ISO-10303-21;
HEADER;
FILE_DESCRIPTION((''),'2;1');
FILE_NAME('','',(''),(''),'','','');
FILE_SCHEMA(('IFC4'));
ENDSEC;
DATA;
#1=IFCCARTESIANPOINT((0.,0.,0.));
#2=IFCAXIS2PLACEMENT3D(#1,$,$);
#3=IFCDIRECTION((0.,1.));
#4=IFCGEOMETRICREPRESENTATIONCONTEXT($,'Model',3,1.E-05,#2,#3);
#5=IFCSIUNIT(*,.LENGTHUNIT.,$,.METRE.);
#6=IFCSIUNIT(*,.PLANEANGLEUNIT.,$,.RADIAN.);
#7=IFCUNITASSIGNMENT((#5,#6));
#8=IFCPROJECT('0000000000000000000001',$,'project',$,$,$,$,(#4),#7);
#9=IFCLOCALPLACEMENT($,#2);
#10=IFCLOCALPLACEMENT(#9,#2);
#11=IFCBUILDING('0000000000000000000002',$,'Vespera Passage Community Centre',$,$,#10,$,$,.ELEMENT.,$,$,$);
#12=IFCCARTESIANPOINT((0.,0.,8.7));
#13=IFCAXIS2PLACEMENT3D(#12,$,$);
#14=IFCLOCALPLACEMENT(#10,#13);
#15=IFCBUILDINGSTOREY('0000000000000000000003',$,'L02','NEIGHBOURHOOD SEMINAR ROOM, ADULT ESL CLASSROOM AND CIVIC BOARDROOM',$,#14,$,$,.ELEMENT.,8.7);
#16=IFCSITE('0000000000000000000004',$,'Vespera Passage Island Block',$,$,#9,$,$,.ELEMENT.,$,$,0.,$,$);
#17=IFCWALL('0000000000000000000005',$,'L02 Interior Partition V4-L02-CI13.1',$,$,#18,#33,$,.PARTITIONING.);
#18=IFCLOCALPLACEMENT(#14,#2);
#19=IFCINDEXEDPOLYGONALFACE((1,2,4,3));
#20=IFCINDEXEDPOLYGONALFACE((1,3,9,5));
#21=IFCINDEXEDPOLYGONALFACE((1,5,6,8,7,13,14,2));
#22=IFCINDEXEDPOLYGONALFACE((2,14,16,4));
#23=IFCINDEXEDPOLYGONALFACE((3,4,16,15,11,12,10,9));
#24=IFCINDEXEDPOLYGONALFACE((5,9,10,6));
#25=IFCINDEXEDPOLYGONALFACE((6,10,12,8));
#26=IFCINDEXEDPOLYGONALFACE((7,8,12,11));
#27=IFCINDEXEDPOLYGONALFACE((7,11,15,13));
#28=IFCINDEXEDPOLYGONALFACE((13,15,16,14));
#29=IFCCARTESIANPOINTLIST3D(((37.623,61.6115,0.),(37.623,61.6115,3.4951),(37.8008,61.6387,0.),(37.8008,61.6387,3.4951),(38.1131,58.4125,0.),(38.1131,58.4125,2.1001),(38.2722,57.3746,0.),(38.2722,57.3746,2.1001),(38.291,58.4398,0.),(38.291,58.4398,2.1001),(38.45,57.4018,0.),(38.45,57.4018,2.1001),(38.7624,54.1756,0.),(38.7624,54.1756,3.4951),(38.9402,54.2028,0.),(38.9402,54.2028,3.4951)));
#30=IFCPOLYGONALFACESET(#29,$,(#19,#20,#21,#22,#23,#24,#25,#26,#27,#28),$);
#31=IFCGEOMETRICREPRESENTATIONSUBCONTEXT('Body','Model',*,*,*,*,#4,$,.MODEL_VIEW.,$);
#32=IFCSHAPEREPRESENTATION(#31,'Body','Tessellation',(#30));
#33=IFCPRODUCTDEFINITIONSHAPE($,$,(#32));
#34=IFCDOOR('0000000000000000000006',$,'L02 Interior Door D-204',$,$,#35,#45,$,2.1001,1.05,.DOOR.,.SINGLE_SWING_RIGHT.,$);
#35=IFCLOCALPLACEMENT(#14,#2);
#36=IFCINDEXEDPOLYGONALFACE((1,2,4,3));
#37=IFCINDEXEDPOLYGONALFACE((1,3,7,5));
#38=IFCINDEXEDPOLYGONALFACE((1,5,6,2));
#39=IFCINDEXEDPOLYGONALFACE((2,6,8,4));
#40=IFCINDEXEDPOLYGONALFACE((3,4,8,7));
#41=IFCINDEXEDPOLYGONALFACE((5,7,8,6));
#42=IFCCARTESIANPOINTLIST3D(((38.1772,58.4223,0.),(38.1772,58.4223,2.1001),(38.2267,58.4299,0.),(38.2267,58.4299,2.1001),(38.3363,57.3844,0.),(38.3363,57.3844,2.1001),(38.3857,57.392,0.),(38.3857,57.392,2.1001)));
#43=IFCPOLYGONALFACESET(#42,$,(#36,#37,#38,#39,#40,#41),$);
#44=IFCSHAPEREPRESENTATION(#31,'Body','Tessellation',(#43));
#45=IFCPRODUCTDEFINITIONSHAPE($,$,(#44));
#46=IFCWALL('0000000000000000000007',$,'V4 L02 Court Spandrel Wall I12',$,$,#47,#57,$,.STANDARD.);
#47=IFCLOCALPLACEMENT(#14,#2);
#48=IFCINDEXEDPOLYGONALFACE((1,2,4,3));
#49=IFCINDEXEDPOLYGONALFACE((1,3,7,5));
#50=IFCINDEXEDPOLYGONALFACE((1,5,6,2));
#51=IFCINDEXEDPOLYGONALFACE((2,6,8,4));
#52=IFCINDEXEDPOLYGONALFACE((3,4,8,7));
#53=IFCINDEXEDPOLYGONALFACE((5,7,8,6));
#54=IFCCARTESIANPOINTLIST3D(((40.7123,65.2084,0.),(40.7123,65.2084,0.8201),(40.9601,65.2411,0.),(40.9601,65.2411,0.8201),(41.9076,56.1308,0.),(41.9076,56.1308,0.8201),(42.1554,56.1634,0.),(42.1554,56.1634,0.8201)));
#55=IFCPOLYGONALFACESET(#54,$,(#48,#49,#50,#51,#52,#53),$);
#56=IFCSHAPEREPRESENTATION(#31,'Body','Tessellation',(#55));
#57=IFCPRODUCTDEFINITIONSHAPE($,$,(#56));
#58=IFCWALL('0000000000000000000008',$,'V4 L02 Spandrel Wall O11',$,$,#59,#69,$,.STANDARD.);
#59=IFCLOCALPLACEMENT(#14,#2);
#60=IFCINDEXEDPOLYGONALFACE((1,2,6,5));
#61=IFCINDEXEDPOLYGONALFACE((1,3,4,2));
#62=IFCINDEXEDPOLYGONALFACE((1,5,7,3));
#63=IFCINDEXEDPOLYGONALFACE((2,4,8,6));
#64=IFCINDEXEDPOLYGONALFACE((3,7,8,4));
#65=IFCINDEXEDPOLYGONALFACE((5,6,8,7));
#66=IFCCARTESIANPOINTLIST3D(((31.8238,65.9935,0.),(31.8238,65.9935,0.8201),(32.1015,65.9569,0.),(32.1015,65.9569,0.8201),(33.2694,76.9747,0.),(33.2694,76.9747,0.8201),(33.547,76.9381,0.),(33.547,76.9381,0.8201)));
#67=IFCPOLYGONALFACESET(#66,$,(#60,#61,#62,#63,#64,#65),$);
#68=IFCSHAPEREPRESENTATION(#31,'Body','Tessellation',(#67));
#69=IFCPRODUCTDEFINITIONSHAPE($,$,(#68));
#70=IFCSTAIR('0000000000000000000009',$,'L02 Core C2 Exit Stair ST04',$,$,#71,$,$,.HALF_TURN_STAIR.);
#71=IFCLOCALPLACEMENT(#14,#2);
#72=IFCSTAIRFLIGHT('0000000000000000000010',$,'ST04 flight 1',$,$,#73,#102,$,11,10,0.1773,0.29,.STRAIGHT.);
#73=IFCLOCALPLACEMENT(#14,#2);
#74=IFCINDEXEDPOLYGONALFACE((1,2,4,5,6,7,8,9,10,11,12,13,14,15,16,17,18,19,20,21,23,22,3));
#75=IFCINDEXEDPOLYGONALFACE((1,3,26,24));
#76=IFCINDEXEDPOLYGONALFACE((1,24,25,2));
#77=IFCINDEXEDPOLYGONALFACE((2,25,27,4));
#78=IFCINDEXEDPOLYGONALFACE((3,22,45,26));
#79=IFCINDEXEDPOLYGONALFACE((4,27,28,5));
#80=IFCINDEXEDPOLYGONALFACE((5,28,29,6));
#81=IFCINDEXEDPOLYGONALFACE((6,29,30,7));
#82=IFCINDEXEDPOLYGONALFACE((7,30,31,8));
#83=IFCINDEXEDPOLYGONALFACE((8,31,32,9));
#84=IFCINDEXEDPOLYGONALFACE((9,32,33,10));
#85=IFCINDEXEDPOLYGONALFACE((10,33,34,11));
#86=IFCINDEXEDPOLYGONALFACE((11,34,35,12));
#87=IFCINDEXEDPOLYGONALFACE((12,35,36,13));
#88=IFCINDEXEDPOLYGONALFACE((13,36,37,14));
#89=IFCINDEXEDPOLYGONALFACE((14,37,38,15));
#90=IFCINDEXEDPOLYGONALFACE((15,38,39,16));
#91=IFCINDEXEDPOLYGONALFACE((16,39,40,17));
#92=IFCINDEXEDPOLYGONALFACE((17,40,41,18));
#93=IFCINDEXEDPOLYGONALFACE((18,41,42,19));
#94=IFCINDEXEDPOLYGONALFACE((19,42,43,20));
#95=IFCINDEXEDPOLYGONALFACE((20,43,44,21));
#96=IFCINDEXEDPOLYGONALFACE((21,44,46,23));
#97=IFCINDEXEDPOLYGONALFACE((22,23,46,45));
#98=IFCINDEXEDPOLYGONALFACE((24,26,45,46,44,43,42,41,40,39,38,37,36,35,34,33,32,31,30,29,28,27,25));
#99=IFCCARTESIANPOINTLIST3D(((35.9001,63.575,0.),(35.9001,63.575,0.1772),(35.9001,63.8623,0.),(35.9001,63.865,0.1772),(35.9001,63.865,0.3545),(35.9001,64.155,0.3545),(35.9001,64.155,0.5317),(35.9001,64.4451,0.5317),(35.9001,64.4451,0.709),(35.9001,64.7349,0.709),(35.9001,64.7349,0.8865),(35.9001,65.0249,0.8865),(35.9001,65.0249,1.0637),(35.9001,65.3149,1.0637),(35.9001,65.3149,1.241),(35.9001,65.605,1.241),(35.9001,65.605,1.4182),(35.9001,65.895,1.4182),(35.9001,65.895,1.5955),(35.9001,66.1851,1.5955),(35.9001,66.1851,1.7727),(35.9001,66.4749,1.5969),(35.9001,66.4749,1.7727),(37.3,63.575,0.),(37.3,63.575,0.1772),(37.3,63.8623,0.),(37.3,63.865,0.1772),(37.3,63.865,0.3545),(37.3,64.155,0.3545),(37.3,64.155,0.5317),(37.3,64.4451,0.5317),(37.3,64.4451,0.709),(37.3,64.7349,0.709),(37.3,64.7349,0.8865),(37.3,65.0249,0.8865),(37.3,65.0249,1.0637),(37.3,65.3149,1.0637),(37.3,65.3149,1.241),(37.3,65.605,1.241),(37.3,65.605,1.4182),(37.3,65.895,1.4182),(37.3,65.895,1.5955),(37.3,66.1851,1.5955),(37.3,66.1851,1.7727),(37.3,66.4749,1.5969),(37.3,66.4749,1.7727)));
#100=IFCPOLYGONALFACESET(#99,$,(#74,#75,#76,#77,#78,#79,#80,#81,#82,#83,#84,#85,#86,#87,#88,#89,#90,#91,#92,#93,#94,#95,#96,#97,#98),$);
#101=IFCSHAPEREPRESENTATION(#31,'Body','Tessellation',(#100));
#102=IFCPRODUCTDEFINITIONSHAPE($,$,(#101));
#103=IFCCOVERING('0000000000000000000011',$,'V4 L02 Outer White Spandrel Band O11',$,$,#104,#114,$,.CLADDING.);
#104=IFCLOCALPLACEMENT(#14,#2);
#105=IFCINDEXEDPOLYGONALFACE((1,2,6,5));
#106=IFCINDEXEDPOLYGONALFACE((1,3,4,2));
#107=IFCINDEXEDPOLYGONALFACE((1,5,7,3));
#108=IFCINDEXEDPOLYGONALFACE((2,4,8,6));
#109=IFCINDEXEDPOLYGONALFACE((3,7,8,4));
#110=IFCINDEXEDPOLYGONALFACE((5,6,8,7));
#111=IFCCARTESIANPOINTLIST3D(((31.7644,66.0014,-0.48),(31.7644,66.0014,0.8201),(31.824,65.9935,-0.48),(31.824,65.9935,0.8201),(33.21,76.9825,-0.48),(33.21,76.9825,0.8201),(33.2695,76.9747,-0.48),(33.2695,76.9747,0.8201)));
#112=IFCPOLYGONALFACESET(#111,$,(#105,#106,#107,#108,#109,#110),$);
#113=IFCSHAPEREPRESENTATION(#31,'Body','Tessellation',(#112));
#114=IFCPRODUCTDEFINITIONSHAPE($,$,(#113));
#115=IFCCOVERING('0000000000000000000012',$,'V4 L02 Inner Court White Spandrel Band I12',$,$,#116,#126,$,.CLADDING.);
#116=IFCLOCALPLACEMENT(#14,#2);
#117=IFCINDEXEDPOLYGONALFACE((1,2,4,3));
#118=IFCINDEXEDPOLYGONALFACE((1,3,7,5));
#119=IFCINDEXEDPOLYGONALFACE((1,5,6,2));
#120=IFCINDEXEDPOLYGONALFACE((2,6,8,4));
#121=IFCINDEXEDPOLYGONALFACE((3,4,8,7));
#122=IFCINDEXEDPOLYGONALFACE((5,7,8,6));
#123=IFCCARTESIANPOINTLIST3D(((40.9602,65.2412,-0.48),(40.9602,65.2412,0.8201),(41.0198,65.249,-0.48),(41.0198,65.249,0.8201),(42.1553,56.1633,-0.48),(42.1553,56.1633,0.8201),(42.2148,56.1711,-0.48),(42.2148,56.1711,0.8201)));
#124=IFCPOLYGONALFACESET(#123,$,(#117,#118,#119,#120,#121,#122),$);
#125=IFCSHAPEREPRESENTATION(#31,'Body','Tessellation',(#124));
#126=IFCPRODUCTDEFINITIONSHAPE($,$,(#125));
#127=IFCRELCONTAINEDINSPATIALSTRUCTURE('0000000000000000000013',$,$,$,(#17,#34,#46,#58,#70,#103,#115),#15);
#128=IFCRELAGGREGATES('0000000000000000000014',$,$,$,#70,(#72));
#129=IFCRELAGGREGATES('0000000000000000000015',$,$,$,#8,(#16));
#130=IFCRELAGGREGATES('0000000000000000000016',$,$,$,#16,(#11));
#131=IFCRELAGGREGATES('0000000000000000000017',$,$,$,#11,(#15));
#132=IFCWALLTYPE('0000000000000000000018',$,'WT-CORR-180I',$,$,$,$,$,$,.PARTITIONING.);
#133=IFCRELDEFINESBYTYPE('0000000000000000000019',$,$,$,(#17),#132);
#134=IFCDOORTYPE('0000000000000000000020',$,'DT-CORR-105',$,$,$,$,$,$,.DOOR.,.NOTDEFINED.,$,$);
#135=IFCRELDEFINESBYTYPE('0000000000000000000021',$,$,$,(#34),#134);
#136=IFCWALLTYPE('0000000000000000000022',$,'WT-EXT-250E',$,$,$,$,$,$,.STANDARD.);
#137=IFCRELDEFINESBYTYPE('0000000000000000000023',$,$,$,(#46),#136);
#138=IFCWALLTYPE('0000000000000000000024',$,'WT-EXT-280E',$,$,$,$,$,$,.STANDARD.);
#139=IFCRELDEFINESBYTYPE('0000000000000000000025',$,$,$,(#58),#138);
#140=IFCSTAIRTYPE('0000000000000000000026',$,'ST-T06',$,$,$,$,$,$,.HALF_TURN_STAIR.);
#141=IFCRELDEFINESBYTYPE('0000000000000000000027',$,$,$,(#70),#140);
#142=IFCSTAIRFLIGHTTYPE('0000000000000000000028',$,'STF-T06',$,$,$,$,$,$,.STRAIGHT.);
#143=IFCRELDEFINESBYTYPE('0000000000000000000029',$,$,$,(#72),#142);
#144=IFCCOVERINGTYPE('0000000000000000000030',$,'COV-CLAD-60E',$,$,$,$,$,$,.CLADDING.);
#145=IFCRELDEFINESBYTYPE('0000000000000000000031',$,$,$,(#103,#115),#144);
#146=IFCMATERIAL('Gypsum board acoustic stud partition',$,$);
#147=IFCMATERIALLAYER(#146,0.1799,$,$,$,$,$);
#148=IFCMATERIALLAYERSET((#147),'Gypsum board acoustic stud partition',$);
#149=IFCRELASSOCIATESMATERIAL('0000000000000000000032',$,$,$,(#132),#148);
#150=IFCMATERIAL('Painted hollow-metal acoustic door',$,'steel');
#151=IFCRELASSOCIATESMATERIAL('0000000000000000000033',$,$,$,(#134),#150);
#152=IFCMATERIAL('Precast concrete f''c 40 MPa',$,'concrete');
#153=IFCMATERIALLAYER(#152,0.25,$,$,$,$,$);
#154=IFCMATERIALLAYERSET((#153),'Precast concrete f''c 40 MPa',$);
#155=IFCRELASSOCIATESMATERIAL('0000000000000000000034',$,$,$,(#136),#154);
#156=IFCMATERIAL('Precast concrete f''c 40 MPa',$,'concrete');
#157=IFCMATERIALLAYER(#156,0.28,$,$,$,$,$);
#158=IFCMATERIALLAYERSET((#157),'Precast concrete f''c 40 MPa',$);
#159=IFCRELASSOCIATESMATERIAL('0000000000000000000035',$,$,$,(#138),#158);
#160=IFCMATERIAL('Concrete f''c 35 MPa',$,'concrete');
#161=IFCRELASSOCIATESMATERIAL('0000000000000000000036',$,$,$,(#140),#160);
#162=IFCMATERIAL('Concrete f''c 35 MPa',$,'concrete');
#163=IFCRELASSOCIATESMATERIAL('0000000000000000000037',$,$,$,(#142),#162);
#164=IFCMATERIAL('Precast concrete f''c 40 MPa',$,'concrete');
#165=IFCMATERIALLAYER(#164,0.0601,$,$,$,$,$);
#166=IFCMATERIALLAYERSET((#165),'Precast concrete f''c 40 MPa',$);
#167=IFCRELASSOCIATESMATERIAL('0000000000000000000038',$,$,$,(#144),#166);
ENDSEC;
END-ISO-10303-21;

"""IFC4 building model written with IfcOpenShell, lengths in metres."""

from ifc_helpers import new_model, si_unit, direction, frame, frame_2d, origin, place, context, subcontext, project, spatial, polyline, rectangle, outline, extrude, material, layer, layer_set, type_object, element, fill, aggregate, save


model = new_model("IFC4")

# Units and contexts
model_context = context("Model", 3, precision=1e-05, world=origin(), true_north=direction((0.0, 1.0)))
body_context = subcontext(model_context, "Body", "Model", "MODEL_VIEW")
ifc_project = project(units=[si_unit("LENGTHUNIT", "METRE"), si_unit("PLANEANGLEUNIT", "RADIAN")], contexts=[model_context])

# Site, building, storey
site_placement = place(None, origin())
site = spatial("IfcSite", under=ifc_project, at=site_placement, Name="Vespera Passage Island Block", CompositionType="ELEMENT", RefElevation=0.0)
building_placement = place(site_placement, origin())
building = spatial("IfcBuilding", under=site, at=building_placement, Name="Vespera Passage Community Centre", CompositionType="ELEMENT")
storey_placement = place(building_placement, frame((0.0, 0.0, 8.7)))
storey = spatial("IfcBuildingStorey", under=building, at=storey_placement, Name="L02", Description="NEIGHBOURHOOD SEMINAR ROOM, ADULT ESL CLASSROOM AND CIVIC BOARDROOM", CompositionType="ELEMENT", Elevation=8.7)

# Wall, opening, door
ifc_material_1 = material(Name="Gypsum board acoustic stud partition")
ifc_layer_1 = layer(ifc_material_1, 0.1799)
ifc_layer_set_1 = layer_set([ifc_layer_1], Name="Gypsum board acoustic stud partition")
wall_type_1 = type_object("IfcWallType", Name="WT-CORR-180I", PredefinedType="PARTITIONING", material=ifc_layer_set_1)
wall_1_placement = place(storey_placement, frame((37.7119, 61.625, 0.0), z_axis=(0.0, 0.0, 1.0), x_axis=(0.15146, -0.988463, 0.0)))
wall_1 = element("IfcWall", 1, at=wall_1_placement, inside=storey, type_object=wall_type_1, Name="L02 Interior Partition V4-L02-CI13.1", PredefinedType="PARTITIONING", context=body_context, shape_type="SweptSolid", body=[
    extrude(rectangle(XDim=7.5227, YDim=0.1799, at=frame_2d((3.7612, 0.0))), origin(), (0.0, 0.0, 1.0), 3.4951),
])
opening_1_placement = place(wall_1_placement, frame((3.2363, 0.0, 0.0)))
opening_1 = element("IfcOpeningElement", 2, at=opening_1_placement, cuts=wall_1, PredefinedType="OPENING", context=body_context, shape_type="SweptSolid", body=[
    extrude(rectangle(XDim=1.05, YDim=2.1001, at=frame_2d((0.5249, 1.05))), frame((0.0, 0.0999, 0.0), z_axis=(0.0, -1.0, 0.0), x_axis=(1.0, 0.0, 0.0)), (0.0, 0.0, 1.0), 0.2),
])
ifc_material_2 = material(Name="Painted hollow-metal acoustic door", Category="steel")
door_type_1 = type_object("IfcDoorType", Name="DT-CORR-105", OperationType="NOTDEFINED", PredefinedType="DOOR", material=ifc_material_2)
door_1_placement = place(opening_1_placement, origin())
door_1 = element("IfcDoor", 3, at=door_1_placement, inside=storey, type_object=door_type_1, Name="L02 Interior Door D-204", OperationType="SINGLE_SWING_RIGHT", OverallHeight=2.1001, OverallWidth=1.05, PredefinedType="DOOR", context=body_context, shape_type="SweptSolid", body=[
    extrude(rectangle(XDim=1.05, YDim=2.1001, at=frame_2d((0.5249, 1.05))), frame((0.0, 0.0249, 0.0), z_axis=(0.0, -1.0, 0.0), x_axis=(1.0, 0.0, 0.0)), (0.0, 0.0, 1.0), 0.05),
])
fill(opening_1, door_1)

# Walls
ifc_material_3 = material(Name="Precast concrete f'c 40 MPa", Category="concrete")
ifc_layer_2 = layer(ifc_material_3, 0.25)
ifc_layer_set_2 = layer_set([ifc_layer_2], Name="Precast concrete f'c 40 MPa")
wall_type_2 = type_object("IfcWallType", Name="WT-EXT-250E", PredefinedType="STANDARD", material=ifc_layer_set_2)
wall_2_placement = place(storey_placement, frame((40.8362, 65.2249, 0.0), z_axis=(0.0, 0.0, 1.0), x_axis=(0.13055, -0.991442, 0.0)))
element("IfcWall", 4, at=wall_2_placement, inside=storey, type_object=wall_type_2, Name="V4 L02 Court Spandrel Wall I12", PredefinedType="STANDARD", context=body_context, shape_type="SweptSolid", body=[
    extrude(rectangle(XDim=9.156, YDim=0.25, at=frame_2d((4.5781, 0.0))), origin(), (0.0, 0.0, 1.0), 0.8201),
])
ifc_material_4 = material(Name="Precast concrete f'c 40 MPa", Category="concrete")
ifc_layer_3 = layer(ifc_material_4, 0.28)
ifc_layer_set_3 = layer_set([ifc_layer_3], Name="Precast concrete f'c 40 MPa")
wall_type_3 = type_object("IfcWallType", Name="WT-EXT-280E", PredefinedType="STANDARD", material=ifc_layer_set_3)
wall_3_placement = place(storey_placement, frame((31.9626, 65.9751, 0.0), z_axis=(0.0, 0.0, 1.0), x_axis=(0.130513, 0.991447, 0.0)))
element("IfcWall", 5, at=wall_3_placement, inside=storey, type_object=wall_type_3, Name="V4 L02 Spandrel Wall O11", PredefinedType="STANDARD", context=body_context, shape_type="SweptSolid", body=[
    extrude(rectangle(XDim=11.0759, YDim=0.28, at=frame_2d((5.5381, 0.0))), origin(), (0.0, 0.0, 1.0), 0.8201),
])

# Stair, stair flight
ifc_material_5 = material(Name="Concrete f'c 35 MPa", Category="concrete")
stair_type = type_object("IfcStairType", Name="ST-T06", PredefinedType="HALF_TURN_STAIR", material=ifc_material_5)
stair_placement = place(storey_placement, origin())
stair = element("IfcStair", 6, at=stair_placement, inside=storey, type_object=stair_type, Name="L02 Core C2 Exit Stair ST04", PredefinedType="HALF_TURN_STAIR")
ifc_material_6 = material(Name="Concrete f'c 35 MPa", Category="concrete")
stair_flight_type = type_object("IfcStairFlightType", Name="STF-T06", PredefinedType="STRAIGHT", material=ifc_material_6)
stair_flight_placement = place(storey_placement, frame((36.6001, 63.575, 0.0), z_axis=(0.0, 0.0, 1.0), x_axis=(0.0, 1.0, 0.0)))
stair_flight = element("IfcStairFlight", 7, at=stair_flight_placement, type_object=stair_flight_type, Name="ST04 flight 1", NumberOfRisers=11, NumberOfTreads=10, PredefinedType="STRAIGHT", RiserHeight=0.1773, TreadLength=0.29, context=body_context, shape_type="SweptSolid", body=[
    extrude(outline(polyline([(0.0, 0.0), (0.0, 0.1772), (0.29, 0.1772), (0.29, 0.3545), (0.5801, 0.3545), (0.5801, 0.5317), (0.8701, 0.5317), (0.8701, 0.709), (1.1599, 0.709), (1.1599, 0.8865), (1.45, 0.8865), (1.45, 1.0637), (1.74, 1.0637), (1.74, 1.241), (2.03, 1.241), (2.03, 1.4182), (2.3201, 1.4182), (2.3201, 1.5955), (2.6101, 1.5955), (2.6101, 1.7727), (2.8999, 1.7727), (2.8999, 1.95), (2.8999, 1.5969), (0.2874, 0.0), (0.0, 0.0)])), frame((0.0, 0.7, 0.0), z_axis=(0.0, -1.0, 0.0), x_axis=(1.0, 0.0, 0.0)), (0.0, 0.0, 1.0), 1.3999),
])
aggregate(stair, [stair_flight])

# Coverings
ifc_material_7 = material(Name="Precast concrete f'c 40 MPa", Category="concrete")
ifc_layer_4 = layer(ifc_material_7, 0.0601)
ifc_layer_set_4 = layer_set([ifc_layer_4], Name="Precast concrete f'c 40 MPa")
covering_type = type_object("IfcCoveringType", Name="COV-CLAD-60E", PredefinedType="CLADDING", material=ifc_layer_set_4)
covering_1_placement = place(storey_placement, frame((31.7942, 65.9973, -0.48), z_axis=(0.0, 0.0, 1.0), x_axis=(0.130513, 0.991447, 0.0)))
element("IfcCovering", 8, at=covering_1_placement, inside=storey, type_object=covering_type, Name="V4 L02 Outer White Spandrel Band O11", PredefinedType="CLADDING", context=body_context, shape_type="SweptSolid", body=[
    extrude(rectangle(XDim=11.0759, YDim=0.0601, at=frame_2d((5.5381, 0.0))), origin(), (0.0, 0.0, 1.0), 1.3),
])
covering_2_placement = place(storey_placement, frame((40.99, 65.2451, -0.48), z_axis=(0.0, 0.0, 1.0), x_axis=(0.13052, -0.991446, 0.0)))
element("IfcCovering", 9, at=covering_2_placement, inside=storey, type_object=covering_type, Name="V4 L02 Inner Court White Spandrel Band I12", PredefinedType="CLADDING", context=body_context, shape_type="SweptSolid", body=[
    extrude(rectangle(XDim=9.1562, YDim=0.0601, at=frame_2d((4.5781, 0.0))), origin(), (0.0, 0.0, 1.0), 1.3),
])

save(model, "model.ifc")
